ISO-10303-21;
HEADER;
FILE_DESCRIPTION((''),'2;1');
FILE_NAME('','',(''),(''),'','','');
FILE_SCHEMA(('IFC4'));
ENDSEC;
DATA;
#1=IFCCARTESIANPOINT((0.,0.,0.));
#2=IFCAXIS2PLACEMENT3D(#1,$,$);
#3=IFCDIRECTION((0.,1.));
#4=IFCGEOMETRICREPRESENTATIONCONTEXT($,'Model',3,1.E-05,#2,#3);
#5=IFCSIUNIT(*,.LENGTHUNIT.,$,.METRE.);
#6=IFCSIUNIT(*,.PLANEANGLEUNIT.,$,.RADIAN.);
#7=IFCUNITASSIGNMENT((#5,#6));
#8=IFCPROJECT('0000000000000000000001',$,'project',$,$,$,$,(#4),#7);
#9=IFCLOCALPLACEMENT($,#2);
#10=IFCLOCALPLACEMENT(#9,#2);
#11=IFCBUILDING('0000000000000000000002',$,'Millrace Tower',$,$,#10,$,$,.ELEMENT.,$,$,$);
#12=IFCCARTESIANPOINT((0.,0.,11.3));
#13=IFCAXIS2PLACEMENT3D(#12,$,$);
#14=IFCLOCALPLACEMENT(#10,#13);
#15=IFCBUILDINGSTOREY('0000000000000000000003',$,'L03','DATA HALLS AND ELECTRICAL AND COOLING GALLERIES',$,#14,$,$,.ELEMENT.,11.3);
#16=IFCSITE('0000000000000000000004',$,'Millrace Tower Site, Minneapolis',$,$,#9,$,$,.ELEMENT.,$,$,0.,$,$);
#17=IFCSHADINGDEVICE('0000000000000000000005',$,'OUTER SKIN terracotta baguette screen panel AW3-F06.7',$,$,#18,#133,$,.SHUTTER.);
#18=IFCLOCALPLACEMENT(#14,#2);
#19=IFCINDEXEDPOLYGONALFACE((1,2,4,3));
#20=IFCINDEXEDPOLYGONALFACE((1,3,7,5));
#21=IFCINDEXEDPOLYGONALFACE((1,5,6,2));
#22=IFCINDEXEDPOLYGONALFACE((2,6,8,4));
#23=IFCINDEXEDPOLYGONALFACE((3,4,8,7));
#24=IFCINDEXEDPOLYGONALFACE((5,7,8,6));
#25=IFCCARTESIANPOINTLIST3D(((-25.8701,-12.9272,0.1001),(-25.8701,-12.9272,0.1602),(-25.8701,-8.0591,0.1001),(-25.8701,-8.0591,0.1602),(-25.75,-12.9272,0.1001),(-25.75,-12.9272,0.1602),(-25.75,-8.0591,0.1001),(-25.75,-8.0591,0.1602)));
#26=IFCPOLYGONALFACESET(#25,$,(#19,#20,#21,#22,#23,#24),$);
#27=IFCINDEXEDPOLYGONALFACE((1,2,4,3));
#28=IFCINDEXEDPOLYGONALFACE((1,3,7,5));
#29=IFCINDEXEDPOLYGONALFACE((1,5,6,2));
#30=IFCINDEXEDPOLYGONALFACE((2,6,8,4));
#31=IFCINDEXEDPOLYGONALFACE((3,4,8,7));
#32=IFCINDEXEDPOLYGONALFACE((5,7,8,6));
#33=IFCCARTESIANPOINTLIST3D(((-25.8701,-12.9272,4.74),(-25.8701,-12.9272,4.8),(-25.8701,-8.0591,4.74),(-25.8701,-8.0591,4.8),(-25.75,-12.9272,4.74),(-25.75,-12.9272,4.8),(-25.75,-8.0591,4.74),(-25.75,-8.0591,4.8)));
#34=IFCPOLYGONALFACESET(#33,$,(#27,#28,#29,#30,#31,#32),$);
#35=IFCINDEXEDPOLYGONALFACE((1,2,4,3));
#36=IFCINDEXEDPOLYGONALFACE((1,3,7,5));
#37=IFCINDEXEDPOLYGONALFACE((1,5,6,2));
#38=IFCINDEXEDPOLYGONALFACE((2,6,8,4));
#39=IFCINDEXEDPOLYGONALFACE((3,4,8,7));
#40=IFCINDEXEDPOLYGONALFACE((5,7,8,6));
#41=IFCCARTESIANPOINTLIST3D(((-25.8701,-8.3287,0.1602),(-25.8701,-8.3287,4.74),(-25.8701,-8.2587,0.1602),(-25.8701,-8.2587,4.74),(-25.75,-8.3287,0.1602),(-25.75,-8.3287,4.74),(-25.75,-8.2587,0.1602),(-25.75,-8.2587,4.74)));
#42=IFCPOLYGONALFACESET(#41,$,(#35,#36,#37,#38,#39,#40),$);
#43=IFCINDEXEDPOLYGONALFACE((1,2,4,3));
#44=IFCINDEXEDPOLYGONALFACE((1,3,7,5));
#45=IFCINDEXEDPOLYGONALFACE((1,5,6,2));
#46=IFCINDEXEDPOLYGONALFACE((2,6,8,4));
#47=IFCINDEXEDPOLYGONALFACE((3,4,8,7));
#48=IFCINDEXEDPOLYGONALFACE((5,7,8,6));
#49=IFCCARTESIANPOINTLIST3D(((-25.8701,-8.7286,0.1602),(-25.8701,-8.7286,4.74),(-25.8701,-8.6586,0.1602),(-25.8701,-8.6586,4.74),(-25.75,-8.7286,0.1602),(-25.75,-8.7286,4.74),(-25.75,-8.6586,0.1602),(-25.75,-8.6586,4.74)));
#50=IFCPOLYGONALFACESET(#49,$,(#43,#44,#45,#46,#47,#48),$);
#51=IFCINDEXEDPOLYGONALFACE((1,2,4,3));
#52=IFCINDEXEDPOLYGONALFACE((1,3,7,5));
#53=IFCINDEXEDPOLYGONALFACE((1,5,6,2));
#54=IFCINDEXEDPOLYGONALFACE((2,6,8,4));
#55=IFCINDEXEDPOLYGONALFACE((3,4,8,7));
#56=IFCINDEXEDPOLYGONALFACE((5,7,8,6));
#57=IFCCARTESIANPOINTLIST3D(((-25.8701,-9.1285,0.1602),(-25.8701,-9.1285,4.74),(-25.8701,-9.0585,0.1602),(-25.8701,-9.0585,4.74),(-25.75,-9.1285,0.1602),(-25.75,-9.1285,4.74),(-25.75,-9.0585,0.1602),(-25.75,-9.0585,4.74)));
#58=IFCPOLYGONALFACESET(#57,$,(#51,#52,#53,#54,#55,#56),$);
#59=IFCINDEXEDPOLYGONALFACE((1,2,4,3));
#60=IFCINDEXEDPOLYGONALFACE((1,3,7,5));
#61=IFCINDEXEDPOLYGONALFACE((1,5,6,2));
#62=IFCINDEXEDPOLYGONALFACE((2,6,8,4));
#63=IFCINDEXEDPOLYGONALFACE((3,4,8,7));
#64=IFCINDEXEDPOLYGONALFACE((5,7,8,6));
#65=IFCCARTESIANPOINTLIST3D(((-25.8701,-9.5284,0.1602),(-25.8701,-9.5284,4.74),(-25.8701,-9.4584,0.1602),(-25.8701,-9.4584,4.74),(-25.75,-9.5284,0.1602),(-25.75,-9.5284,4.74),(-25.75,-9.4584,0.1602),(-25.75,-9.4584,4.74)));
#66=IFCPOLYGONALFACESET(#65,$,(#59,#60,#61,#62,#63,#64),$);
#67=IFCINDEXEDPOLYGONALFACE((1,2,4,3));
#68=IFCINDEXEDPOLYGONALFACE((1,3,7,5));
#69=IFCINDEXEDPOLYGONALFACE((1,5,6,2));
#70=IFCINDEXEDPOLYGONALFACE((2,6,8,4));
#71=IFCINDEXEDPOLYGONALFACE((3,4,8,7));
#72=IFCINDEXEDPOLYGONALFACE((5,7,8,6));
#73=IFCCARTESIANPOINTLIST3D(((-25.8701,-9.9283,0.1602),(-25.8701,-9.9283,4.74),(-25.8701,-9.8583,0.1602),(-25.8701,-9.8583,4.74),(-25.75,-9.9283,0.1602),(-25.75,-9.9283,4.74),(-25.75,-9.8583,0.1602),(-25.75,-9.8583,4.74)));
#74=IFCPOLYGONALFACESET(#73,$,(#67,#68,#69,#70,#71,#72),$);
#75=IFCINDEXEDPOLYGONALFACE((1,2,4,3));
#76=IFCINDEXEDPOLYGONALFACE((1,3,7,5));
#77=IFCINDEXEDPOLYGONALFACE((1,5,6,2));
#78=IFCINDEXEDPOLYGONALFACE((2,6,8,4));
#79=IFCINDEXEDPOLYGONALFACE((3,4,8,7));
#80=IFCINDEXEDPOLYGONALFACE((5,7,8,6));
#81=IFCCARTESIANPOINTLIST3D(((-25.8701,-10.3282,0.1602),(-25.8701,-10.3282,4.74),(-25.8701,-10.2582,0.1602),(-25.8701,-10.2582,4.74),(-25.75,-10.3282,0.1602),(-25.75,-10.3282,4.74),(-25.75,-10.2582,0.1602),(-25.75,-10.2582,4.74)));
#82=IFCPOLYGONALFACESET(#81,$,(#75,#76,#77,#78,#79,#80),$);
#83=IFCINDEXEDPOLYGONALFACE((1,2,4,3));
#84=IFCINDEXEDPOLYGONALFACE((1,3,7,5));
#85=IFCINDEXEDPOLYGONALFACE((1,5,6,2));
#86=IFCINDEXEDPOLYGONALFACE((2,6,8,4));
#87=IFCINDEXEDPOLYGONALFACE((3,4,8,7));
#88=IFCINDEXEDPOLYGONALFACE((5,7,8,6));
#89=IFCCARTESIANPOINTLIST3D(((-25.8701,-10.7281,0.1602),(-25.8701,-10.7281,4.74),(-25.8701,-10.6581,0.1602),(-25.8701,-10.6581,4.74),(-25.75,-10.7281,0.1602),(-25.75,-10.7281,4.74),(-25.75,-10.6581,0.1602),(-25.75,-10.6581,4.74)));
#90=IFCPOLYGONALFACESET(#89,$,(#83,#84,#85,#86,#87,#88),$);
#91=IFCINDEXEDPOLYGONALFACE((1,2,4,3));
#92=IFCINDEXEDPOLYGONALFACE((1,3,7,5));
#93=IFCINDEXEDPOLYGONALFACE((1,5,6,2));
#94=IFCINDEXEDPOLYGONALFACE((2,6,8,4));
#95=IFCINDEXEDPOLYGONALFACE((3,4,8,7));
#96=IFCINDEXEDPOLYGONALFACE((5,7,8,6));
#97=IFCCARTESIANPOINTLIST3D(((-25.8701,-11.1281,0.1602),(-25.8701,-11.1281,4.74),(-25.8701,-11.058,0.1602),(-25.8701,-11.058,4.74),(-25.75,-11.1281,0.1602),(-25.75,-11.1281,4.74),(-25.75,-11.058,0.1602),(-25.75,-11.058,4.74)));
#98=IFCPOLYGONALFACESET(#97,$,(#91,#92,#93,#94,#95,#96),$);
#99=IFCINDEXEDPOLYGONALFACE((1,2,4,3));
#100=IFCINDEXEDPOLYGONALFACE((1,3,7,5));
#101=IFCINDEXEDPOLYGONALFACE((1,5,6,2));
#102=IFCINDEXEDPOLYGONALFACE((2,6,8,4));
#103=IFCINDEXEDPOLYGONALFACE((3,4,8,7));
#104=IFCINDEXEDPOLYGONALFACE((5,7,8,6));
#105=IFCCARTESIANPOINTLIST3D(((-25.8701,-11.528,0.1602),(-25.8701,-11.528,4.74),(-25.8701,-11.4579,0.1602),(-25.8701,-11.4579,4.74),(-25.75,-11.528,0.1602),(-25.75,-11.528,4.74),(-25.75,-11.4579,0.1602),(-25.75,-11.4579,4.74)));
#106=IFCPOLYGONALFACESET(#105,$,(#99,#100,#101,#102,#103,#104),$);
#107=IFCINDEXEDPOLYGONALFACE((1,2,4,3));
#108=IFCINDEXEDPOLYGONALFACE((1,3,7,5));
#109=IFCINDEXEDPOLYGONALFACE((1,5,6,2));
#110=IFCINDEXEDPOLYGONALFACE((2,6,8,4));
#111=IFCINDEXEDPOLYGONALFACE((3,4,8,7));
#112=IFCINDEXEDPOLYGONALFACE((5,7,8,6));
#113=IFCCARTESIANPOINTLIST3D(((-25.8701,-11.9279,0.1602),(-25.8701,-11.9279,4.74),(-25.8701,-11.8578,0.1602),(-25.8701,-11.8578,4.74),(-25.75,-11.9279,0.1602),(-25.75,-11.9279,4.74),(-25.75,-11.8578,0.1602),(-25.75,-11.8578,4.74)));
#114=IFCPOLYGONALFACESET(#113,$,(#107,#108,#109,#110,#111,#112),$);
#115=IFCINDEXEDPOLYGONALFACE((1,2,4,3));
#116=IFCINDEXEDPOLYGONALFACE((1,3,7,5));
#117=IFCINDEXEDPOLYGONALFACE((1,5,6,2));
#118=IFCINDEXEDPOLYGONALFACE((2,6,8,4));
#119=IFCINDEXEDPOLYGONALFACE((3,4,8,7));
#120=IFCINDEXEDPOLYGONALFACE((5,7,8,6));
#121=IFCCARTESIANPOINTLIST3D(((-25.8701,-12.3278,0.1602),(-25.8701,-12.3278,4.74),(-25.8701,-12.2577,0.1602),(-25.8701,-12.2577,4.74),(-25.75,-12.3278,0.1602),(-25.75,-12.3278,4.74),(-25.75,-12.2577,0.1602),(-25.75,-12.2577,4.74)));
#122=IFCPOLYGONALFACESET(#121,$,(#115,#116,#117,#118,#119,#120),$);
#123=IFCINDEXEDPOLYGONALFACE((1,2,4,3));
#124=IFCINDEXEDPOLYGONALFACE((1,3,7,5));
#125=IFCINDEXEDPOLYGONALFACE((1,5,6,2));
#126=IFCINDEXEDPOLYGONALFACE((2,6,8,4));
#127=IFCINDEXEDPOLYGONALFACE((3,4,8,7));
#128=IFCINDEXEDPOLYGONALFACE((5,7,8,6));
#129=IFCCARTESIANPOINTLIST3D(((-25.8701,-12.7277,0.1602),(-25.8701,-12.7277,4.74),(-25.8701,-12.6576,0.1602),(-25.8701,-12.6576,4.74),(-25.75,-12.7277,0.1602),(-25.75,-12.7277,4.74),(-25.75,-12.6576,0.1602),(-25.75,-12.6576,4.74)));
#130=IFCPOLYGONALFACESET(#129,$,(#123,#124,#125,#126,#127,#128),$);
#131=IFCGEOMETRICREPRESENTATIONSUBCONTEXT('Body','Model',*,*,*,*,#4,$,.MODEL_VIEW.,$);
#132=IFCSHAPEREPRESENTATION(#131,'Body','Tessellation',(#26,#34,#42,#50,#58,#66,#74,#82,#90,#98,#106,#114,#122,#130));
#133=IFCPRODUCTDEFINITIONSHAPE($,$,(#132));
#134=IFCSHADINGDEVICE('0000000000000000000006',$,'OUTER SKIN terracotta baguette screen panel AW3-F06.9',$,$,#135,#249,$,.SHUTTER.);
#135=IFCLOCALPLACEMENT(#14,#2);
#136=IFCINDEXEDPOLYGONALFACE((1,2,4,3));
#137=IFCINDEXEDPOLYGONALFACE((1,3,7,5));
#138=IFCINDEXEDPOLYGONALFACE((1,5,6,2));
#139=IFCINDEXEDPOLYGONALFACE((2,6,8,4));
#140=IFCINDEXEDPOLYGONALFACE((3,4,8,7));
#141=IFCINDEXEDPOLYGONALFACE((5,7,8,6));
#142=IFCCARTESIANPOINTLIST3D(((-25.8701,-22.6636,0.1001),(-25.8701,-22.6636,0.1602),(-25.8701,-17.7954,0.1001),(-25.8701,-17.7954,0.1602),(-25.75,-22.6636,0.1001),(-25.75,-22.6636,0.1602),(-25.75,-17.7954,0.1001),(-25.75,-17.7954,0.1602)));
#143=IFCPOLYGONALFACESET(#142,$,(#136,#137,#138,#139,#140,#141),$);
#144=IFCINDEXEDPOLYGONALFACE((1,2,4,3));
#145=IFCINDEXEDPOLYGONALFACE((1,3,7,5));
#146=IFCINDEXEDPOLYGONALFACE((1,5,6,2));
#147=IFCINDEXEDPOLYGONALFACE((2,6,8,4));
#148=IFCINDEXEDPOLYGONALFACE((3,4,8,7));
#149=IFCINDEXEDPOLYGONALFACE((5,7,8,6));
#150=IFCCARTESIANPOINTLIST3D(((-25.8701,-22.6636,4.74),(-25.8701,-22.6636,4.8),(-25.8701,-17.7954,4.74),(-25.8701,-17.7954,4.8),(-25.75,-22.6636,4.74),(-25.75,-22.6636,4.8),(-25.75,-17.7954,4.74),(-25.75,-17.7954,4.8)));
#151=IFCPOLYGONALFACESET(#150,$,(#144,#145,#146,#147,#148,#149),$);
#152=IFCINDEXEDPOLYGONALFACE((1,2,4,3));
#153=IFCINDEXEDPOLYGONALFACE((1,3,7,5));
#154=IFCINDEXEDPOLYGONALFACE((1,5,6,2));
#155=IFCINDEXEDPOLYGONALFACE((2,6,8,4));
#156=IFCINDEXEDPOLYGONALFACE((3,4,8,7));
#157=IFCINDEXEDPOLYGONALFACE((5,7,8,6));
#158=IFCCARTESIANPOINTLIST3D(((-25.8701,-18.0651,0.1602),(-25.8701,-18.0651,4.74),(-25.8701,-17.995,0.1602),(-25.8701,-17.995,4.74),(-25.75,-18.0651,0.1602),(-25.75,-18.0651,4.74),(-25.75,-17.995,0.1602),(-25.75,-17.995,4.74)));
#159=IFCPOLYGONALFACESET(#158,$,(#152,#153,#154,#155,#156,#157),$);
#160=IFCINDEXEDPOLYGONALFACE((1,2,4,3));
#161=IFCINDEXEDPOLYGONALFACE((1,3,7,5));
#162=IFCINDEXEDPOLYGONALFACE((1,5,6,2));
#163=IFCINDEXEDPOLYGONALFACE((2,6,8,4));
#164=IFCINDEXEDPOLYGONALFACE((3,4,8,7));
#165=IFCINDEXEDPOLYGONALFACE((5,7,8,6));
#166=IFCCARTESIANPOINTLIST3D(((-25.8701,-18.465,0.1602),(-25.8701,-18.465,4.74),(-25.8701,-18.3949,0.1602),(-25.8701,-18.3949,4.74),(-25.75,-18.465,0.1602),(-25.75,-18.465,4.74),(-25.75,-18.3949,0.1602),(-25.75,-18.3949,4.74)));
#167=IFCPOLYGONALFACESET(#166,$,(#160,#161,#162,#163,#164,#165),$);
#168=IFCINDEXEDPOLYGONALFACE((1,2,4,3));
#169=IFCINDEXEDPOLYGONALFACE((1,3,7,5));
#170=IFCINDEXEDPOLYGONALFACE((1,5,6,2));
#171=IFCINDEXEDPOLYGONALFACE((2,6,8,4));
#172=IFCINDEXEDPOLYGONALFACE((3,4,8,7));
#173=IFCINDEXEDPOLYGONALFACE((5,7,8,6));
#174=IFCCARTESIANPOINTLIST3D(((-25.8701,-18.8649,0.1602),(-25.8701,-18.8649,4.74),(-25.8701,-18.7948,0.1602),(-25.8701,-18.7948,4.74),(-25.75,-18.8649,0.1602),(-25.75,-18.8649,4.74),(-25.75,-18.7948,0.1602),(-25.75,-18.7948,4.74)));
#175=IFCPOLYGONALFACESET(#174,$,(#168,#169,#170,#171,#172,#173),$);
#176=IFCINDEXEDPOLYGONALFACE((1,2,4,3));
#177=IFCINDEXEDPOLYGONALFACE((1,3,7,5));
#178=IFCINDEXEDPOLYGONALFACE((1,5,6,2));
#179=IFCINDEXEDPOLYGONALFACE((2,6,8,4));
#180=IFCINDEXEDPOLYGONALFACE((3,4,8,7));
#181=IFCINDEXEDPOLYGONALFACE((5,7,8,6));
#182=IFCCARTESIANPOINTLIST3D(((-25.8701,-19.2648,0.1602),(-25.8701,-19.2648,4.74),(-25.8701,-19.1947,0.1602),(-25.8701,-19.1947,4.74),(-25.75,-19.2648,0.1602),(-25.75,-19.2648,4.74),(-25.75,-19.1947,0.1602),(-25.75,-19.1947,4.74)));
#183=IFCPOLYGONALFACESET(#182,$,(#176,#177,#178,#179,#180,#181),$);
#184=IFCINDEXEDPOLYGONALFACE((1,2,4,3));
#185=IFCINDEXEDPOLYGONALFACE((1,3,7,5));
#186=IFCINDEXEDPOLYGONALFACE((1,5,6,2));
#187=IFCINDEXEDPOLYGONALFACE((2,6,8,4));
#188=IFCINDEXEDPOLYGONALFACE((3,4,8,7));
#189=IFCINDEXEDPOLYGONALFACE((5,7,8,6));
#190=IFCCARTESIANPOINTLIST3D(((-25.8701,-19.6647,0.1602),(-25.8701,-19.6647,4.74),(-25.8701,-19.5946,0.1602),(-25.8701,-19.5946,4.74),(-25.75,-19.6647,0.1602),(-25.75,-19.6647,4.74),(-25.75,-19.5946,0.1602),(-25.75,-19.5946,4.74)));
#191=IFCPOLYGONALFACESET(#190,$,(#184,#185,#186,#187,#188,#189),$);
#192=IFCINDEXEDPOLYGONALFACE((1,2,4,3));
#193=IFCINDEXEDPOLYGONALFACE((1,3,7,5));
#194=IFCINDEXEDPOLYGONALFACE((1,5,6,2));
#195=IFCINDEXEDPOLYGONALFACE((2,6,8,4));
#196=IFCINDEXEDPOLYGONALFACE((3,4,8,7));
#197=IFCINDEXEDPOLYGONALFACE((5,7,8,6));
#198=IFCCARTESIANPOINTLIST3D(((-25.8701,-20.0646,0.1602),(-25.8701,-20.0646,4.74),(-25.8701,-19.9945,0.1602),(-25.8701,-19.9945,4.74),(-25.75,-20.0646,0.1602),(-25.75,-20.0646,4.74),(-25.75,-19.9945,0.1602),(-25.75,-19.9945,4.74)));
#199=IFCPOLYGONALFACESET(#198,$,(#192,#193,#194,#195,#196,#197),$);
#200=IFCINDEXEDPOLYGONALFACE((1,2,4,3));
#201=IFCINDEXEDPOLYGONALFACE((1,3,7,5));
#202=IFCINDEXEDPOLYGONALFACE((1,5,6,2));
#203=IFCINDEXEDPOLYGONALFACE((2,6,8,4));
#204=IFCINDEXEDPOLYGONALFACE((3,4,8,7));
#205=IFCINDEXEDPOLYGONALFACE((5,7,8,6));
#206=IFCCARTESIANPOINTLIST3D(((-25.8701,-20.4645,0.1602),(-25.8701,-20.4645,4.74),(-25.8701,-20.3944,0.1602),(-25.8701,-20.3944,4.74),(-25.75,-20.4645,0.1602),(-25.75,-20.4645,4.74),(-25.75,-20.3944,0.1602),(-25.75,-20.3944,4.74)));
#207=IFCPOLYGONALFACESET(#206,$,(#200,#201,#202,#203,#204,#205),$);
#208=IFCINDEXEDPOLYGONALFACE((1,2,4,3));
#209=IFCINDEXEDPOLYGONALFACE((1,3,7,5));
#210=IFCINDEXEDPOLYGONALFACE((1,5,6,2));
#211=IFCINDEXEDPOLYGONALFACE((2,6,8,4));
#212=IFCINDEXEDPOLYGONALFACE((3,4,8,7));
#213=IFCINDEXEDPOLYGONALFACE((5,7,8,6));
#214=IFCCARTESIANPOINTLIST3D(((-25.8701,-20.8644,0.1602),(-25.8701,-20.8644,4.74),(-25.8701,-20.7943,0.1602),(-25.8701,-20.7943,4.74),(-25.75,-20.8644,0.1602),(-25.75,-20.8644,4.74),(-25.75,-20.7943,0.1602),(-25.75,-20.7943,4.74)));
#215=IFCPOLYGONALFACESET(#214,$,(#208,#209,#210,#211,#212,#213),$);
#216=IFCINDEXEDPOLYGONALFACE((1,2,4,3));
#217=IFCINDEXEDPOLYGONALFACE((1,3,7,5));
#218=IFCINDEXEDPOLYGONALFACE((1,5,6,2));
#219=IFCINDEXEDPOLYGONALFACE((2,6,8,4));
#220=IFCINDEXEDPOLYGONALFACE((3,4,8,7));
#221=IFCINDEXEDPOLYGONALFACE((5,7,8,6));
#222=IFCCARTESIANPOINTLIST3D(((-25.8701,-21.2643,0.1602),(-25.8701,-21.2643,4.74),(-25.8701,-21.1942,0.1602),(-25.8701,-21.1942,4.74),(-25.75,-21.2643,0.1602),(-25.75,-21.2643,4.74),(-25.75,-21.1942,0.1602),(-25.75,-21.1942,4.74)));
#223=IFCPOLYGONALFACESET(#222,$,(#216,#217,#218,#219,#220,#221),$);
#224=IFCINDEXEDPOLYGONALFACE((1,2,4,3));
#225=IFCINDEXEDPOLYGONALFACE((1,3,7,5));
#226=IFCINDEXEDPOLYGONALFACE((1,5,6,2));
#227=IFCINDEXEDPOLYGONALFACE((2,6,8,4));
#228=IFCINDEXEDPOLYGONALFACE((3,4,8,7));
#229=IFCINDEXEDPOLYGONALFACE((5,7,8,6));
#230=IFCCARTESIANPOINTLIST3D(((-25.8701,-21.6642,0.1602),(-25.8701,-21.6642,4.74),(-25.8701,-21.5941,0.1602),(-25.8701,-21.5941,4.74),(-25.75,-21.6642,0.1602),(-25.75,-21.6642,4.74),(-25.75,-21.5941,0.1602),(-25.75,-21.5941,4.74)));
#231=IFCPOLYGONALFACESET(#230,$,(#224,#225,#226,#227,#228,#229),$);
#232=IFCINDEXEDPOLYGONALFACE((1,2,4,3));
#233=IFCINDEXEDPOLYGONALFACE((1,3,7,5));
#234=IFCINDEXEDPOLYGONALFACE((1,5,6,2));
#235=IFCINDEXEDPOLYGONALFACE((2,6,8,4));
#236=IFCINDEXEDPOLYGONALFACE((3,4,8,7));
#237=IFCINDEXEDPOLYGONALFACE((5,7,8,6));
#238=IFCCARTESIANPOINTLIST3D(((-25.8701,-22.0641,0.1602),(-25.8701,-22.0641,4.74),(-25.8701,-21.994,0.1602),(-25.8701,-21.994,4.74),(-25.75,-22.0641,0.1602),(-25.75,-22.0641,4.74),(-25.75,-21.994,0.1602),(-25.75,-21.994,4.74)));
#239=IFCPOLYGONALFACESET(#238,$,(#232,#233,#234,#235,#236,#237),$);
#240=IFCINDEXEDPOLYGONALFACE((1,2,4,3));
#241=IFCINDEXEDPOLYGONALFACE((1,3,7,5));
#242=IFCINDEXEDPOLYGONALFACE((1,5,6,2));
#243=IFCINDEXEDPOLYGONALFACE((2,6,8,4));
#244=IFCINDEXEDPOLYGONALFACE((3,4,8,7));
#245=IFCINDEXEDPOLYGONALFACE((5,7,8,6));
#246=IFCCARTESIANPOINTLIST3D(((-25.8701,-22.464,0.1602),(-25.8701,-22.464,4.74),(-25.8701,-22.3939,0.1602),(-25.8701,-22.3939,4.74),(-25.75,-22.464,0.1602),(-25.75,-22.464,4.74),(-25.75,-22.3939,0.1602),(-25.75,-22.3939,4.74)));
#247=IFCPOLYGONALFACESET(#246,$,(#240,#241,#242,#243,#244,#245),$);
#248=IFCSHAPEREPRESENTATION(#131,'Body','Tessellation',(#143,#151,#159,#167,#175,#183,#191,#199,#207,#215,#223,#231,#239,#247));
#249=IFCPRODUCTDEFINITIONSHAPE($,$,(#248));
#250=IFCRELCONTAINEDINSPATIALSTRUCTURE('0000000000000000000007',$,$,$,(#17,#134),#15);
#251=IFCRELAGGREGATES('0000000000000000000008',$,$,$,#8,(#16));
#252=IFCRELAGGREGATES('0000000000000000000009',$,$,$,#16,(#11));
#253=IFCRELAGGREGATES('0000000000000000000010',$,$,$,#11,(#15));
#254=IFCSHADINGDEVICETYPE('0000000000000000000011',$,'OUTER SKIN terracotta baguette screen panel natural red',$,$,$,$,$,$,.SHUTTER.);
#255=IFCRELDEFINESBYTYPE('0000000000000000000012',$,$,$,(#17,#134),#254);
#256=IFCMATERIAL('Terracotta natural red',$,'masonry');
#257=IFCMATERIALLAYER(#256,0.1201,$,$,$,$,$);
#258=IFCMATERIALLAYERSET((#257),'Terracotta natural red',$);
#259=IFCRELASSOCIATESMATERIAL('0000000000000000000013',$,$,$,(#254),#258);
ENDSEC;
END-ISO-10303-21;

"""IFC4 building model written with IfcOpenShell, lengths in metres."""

from ifc_helpers import new_model, entity, si_unit, direction, frame, frame_2d, origin, place, context, subcontext, project, spatial, rectangle, extrude, source, transform, mapped, material, layer, layer_set, type_object, element, save


model = new_model("IFC4")

# Units and contexts
model_context = context("Model", 3, precision=1e-05, world=origin(), true_north=direction((0.0, 1.0)))
body_context = subcontext(model_context, "Body", "Model", "MODEL_VIEW")
ifc_project = project(units=[si_unit("LENGTHUNIT", "METRE"), si_unit("PLANEANGLEUNIT", "RADIAN")], contexts=[model_context])

# Site, building, storey
site_placement = place(None, origin())
site = spatial("IfcSite", under=ifc_project, at=site_placement, Name="Millrace Tower Site, Minneapolis", CompositionType="ELEMENT", RefElevation=0.0)
building_placement = place(site_placement, origin())
building = spatial("IfcBuilding", under=site, at=building_placement, Name="Millrace Tower", CompositionType="ELEMENT")
storey_placement = place(building_placement, frame((0.0, 0.0, 11.3)))
storey = spatial("IfcBuildingStorey", under=building, at=storey_placement, Name="L03", Description="DATA HALLS AND ELECTRICAL AND COOLING GALLERIES", CompositionType="ELEMENT", Elevation=11.3)

# Shading devices
cartesian_point = entity("IfcCartesianPoint", [-2.4341, 0.0601])
shared_polyline = entity("IfcPolyline", [cartesian_point, entity("IfcCartesianPoint", [2.4341, 0.0601]), entity("IfcCartesianPoint", [2.4341, -0.0601]), entity("IfcCartesianPoint", [-2.4341, -0.0601]), cartesian_point])
ifc_material_1 = material(Name="Terracotta natural red", Category="masonry")
ifc_layer_1 = layer(ifc_material_1, 0.1201)
ifc_layer_set_1 = layer_set([ifc_layer_1], Name="Terracotta natural red")
shading_device_type_1 = type_object("IfcShadingDeviceType", Name="OUTER SKIN terracotta baguette screen panel natural red", PredefinedType="SHUTTER", material=ifc_layer_set_1)
shared_shape_1 = source(origin(), body_context, "Body", "SweptSolid", [
    entity("IfcExtrudedAreaSolid", entity("IfcArbitraryClosedProfileDef", "AREA", None, shared_polyline), entity("IfcAxis2Placement3D", entity("IfcCartesianPoint", [0.0, 0.0, 0.0])), entity("IfcDirection", [0.0, 0.0, 1.0]), 0.0601),
    entity("IfcExtrudedAreaSolid", entity("IfcArbitraryClosedProfileDef", "AREA", None, shared_polyline), entity("IfcAxis2Placement3D", entity("IfcCartesianPoint", [0.0, 0.0, 4.6399])), entity("IfcDirection", [0.0, 0.0, 1.0]), 0.0601),
    extrude(rectangle(XDim=0.0701, YDim=0.1201, at=frame_2d((-2.1995, 0.0))), frame((0.0, 0.0, 0.0601)), (0.0, 0.0, 1.0), 4.5798),
    extrude(rectangle(XDim=0.0701, YDim=0.1201, at=frame_2d((-1.7996, 0.0))), frame((0.0, 0.0, 0.0601)), (0.0, 0.0, 1.0), 4.5798),
    extrude(rectangle(XDim=0.0701, YDim=0.1201, at=frame_2d((-1.3997, 0.0))), frame((0.0, 0.0, 0.0601)), (0.0, 0.0, 1.0), 4.5798),
    extrude(rectangle(XDim=0.0701, YDim=0.1201, at=frame_2d((-0.9998, 0.0))), frame((0.0, 0.0, 0.0601)), (0.0, 0.0, 1.0), 4.5798),
    extrude(rectangle(XDim=0.0701, YDim=0.1201, at=frame_2d((-0.5999, 0.0))), frame((0.0, 0.0, 0.0601)), (0.0, 0.0, 1.0), 4.5798),
    extrude(rectangle(XDim=0.0701, YDim=0.1201, at=frame_2d((-0.2, 0.0))), frame((0.0, 0.0, 0.0601)), (0.0, 0.0, 1.0), 4.5798),
    extrude(rectangle(XDim=0.0701, YDim=0.1201, at=frame_2d((0.2, 0.0))), frame((0.0, 0.0, 0.0601)), (0.0, 0.0, 1.0), 4.5798),
    extrude(rectangle(XDim=0.0701, YDim=0.1201, at=frame_2d((0.5999, 0.0))), frame((0.0, 0.0, 0.0601)), (0.0, 0.0, 1.0), 4.5798),
    extrude(rectangle(XDim=0.0701, YDim=0.1201, at=frame_2d((0.9998, 0.0))), frame((0.0, 0.0, 0.0601)), (0.0, 0.0, 1.0), 4.5798),
    extrude(rectangle(XDim=0.0701, YDim=0.1201, at=frame_2d((1.3997, 0.0))), frame((0.0, 0.0, 0.0601)), (0.0, 0.0, 1.0), 4.5798),
    extrude(rectangle(XDim=0.0701, YDim=0.1201, at=frame_2d((1.7996, 0.0))), frame((0.0, 0.0, 0.0601)), (0.0, 0.0, 1.0), 4.5798),
    extrude(rectangle(XDim=0.0701, YDim=0.1201, at=frame_2d((2.1995, 0.0))), frame((0.0, 0.0, 0.0601)), (0.0, 0.0, 1.0), 4.5798),
])
for number, where, z_axis, x_axis, name in (
    (1, (-25.8101, -10.4932, 0.1001), (0.0, 0.0, 1.0), (0.0, -1.0, 0.0), "OUTER SKIN terracotta baguette screen panel AW3-F06.7"),
    (2, (-25.8101, -20.2295, 0.1001), (0.0, 0.0, 1.0), (0.0, -1.0, 0.0), "OUTER SKIN terracotta baguette screen panel AW3-F06.9"),
):
    element("IfcShadingDevice", number, at=place(storey_placement, frame(where, z_axis=z_axis, x_axis=x_axis)), inside=storey, type_object=shading_device_type_1, Name=name, PredefinedType="SHUTTER", context=body_context, shape_type="MappedRepresentation", body=[
        mapped(shared_shape_1, transform((0.0, 0.0, 0.0), scale=1.0)),
    ])

save(model, "model.ifc")
